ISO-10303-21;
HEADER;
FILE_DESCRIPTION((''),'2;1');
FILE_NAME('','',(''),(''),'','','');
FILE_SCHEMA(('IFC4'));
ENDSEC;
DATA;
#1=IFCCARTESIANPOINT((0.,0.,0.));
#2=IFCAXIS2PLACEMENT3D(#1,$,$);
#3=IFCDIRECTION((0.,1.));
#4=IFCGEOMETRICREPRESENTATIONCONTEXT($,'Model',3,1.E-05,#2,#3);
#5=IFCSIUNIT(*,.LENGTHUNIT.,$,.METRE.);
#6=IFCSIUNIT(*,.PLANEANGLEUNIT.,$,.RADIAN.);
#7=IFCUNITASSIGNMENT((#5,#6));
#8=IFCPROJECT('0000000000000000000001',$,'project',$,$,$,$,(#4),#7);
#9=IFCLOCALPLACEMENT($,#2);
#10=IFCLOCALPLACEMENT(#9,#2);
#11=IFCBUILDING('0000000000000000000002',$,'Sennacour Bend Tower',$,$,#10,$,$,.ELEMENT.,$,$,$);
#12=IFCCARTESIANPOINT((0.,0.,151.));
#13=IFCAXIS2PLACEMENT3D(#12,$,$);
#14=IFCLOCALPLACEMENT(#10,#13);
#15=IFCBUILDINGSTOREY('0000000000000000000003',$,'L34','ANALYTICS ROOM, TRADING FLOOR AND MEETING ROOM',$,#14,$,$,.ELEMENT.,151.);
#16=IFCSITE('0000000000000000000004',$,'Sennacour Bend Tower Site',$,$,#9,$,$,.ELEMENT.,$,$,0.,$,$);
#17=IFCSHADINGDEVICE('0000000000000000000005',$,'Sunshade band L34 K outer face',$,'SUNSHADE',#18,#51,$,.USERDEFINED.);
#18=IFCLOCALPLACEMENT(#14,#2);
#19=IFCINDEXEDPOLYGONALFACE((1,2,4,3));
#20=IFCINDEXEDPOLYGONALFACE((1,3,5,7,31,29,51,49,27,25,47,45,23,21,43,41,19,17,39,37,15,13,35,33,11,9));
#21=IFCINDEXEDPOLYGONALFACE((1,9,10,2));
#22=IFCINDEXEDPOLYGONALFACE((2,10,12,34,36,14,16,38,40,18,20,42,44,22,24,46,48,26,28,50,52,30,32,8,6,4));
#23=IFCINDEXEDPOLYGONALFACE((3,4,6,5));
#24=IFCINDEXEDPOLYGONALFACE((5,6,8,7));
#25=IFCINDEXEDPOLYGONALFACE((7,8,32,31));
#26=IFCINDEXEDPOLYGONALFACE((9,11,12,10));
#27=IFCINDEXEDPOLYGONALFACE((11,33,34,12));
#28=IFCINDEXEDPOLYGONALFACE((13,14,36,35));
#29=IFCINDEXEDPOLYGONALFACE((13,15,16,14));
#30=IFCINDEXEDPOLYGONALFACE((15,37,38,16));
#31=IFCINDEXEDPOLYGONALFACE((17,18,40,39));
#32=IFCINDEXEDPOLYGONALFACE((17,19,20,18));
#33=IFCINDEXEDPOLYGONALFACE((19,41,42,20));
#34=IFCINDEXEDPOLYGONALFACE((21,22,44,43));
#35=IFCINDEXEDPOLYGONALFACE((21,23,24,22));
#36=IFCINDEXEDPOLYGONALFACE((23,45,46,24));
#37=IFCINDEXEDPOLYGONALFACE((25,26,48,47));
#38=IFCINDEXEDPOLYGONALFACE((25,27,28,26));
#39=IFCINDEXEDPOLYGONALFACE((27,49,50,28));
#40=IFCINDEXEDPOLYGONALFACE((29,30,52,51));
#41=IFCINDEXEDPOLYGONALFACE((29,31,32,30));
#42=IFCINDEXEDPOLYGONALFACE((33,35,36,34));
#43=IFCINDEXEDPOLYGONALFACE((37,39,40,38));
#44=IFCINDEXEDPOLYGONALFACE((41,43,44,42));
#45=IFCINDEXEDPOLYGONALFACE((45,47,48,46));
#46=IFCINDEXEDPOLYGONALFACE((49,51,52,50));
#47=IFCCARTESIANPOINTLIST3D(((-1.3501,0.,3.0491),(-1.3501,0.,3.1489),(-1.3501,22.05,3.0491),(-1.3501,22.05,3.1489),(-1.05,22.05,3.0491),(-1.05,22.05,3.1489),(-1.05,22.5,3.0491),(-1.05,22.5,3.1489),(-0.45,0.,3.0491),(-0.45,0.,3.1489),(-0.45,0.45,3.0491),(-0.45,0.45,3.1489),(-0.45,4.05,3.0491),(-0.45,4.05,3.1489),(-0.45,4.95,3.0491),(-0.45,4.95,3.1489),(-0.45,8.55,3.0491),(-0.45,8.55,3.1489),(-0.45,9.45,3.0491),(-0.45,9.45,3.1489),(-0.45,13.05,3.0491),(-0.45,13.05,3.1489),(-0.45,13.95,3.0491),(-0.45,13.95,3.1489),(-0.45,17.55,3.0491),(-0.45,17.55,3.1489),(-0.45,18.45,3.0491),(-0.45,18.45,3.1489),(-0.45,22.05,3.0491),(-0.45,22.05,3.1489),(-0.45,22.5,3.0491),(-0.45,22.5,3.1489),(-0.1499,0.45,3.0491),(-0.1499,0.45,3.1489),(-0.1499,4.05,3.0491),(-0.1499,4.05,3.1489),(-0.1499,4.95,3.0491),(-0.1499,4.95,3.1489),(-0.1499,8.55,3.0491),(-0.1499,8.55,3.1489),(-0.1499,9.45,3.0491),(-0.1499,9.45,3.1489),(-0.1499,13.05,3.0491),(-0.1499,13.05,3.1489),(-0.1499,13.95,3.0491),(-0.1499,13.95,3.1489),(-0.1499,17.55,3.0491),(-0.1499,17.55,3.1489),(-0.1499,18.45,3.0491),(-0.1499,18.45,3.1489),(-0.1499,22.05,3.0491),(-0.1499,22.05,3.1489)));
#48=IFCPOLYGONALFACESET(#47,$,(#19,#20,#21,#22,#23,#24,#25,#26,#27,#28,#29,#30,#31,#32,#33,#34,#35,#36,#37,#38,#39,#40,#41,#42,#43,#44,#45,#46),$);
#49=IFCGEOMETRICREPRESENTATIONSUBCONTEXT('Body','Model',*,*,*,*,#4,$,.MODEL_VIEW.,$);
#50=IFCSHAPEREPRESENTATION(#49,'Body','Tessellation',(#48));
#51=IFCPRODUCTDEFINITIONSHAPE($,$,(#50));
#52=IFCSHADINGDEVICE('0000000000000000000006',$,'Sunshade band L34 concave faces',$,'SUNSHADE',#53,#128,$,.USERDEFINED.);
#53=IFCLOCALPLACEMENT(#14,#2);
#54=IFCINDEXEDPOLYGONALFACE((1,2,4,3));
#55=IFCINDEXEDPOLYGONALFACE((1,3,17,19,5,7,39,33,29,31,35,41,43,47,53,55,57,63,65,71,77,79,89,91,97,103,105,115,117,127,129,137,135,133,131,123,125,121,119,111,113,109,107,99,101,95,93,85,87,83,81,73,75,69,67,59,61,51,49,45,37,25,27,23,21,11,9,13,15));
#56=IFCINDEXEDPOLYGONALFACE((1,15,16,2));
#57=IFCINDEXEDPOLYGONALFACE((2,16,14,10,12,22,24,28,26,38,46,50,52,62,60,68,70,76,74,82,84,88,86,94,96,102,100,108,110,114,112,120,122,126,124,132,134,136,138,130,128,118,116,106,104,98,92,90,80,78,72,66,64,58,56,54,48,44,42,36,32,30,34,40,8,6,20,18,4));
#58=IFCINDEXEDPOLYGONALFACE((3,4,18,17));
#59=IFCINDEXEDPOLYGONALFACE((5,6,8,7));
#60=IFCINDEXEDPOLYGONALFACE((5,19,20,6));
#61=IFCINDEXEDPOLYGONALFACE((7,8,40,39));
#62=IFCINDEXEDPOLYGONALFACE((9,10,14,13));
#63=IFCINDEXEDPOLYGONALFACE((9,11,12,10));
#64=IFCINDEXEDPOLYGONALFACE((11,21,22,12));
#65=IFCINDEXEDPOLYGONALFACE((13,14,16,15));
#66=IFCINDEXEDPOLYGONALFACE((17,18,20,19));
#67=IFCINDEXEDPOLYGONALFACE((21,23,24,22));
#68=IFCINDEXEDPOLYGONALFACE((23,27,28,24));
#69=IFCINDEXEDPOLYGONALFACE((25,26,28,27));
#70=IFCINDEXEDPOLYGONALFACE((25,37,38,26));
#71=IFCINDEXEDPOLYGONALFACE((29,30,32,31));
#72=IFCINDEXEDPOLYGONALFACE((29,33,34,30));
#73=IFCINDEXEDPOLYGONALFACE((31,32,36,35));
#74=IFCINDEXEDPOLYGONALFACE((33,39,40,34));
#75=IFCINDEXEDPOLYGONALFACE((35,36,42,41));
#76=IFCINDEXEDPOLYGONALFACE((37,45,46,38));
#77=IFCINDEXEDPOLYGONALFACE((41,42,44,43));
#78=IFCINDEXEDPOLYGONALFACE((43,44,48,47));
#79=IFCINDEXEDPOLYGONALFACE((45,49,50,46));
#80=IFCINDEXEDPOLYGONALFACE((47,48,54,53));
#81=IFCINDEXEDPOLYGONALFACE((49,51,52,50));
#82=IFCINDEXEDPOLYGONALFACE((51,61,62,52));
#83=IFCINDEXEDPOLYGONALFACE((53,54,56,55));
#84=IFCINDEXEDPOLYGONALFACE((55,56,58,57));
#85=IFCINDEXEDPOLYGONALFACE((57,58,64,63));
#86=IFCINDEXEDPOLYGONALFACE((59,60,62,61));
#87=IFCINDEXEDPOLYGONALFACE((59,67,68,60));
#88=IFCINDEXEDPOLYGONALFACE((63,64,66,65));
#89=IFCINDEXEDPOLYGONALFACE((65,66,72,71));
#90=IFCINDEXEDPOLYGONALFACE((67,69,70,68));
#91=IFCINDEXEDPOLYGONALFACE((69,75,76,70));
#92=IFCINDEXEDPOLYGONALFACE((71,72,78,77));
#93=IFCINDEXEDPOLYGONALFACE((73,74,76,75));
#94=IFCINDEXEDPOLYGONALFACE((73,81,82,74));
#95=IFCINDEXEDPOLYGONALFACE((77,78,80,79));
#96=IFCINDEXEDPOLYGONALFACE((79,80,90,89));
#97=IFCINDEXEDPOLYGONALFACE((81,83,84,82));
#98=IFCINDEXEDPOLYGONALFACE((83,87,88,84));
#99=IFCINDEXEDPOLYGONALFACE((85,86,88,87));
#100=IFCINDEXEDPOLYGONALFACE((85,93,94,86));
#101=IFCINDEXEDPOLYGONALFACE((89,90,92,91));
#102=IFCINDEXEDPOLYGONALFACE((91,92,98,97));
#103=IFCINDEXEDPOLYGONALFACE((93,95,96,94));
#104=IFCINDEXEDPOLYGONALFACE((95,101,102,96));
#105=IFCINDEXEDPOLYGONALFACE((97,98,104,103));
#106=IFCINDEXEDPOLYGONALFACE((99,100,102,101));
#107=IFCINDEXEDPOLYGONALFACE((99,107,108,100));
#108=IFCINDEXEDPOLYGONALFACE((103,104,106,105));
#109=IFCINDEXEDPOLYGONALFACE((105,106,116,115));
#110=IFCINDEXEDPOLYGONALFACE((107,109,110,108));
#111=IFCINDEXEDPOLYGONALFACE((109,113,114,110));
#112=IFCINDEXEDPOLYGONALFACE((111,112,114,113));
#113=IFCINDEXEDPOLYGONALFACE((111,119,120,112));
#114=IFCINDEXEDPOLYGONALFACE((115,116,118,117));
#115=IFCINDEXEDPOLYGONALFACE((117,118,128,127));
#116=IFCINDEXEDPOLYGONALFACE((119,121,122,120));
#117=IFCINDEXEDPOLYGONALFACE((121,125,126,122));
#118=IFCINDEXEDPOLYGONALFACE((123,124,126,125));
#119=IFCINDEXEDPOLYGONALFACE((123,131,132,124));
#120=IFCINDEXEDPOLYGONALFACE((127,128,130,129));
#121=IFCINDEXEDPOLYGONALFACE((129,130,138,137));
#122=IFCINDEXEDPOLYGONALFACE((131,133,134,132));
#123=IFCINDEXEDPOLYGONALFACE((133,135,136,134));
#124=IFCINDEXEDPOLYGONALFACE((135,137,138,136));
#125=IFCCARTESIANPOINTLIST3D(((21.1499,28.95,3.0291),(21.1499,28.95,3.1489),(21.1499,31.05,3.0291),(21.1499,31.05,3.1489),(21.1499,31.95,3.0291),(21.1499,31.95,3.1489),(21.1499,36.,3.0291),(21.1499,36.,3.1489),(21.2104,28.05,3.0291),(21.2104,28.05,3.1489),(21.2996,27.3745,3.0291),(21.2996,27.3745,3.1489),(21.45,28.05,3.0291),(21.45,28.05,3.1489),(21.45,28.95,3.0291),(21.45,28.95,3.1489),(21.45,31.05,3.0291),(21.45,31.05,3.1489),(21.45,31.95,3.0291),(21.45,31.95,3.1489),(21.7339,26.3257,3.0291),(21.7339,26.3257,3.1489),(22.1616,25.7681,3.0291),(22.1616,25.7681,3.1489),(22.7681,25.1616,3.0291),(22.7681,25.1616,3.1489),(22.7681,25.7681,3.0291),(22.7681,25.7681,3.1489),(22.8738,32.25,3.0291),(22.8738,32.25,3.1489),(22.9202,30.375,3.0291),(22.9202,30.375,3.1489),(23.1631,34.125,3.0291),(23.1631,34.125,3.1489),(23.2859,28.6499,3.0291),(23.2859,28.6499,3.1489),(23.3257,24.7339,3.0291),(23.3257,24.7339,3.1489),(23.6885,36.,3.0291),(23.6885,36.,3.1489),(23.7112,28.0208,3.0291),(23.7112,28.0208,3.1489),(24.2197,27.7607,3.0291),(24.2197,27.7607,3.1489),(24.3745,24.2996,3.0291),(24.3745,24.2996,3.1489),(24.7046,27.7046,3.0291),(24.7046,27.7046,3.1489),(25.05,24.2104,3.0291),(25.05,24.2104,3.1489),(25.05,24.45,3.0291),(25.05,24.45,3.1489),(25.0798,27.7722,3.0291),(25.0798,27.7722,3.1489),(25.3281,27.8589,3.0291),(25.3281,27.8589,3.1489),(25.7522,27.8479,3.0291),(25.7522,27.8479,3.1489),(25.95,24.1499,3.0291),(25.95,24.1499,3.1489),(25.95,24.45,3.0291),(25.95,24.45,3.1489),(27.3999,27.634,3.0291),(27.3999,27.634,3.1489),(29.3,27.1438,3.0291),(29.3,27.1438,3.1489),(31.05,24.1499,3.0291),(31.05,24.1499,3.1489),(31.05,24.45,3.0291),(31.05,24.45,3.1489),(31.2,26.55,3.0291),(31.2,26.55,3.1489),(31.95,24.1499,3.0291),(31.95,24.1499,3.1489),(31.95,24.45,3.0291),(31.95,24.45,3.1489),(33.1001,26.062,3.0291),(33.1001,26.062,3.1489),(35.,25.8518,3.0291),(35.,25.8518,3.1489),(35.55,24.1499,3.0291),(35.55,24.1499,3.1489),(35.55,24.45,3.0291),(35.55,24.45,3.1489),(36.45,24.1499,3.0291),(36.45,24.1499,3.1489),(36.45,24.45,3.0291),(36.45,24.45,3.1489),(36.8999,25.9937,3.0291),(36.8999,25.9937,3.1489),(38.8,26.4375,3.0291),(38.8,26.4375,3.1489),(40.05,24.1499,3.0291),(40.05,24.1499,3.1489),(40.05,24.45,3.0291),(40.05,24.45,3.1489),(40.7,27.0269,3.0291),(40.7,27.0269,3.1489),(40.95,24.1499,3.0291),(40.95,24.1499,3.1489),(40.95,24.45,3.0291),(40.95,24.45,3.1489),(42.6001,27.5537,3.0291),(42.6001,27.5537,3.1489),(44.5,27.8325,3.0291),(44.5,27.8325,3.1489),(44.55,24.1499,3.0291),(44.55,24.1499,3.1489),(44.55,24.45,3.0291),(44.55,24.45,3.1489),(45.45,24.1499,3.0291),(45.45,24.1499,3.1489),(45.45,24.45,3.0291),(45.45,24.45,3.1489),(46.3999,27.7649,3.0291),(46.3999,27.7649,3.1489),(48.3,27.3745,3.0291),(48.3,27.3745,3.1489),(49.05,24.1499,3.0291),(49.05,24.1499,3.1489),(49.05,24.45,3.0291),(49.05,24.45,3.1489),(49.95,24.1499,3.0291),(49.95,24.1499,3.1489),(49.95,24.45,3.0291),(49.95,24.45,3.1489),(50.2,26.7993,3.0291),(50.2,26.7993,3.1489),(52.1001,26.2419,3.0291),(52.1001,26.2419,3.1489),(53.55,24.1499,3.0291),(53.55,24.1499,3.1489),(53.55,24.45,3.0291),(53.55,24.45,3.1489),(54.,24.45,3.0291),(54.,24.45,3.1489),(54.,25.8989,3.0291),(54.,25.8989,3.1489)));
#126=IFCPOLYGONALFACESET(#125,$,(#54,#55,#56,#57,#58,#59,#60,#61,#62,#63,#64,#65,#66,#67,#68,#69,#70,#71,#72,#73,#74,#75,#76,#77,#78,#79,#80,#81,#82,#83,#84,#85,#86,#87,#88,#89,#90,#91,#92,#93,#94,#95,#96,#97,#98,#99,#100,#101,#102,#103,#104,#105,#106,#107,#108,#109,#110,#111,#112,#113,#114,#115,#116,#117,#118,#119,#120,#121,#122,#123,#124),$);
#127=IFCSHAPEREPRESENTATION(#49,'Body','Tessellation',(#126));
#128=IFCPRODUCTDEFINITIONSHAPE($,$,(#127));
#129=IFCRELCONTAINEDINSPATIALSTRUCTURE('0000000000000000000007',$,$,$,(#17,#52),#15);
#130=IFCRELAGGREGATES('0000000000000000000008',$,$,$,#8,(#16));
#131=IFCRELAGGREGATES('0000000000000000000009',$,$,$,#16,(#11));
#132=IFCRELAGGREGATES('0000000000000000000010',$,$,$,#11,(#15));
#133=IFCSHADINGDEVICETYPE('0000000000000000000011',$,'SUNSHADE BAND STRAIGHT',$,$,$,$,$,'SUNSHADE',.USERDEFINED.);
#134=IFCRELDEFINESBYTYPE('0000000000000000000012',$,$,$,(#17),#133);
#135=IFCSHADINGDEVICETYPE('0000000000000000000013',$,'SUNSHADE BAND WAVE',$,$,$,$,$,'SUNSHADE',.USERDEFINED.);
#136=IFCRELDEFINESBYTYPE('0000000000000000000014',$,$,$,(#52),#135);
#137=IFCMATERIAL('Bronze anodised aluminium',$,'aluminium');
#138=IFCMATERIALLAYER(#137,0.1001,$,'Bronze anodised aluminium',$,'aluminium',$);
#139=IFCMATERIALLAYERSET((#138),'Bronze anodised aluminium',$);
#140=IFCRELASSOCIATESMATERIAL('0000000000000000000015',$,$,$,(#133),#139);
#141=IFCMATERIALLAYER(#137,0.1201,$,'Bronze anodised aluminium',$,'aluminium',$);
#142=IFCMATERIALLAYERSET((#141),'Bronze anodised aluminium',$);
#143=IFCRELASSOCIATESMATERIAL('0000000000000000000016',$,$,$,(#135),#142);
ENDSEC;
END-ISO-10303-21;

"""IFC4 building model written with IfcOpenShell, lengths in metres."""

from ifc_helpers import new_model, si_unit, direction, frame, origin, place, context, subcontext, project, spatial, polyline, outline, extrude, material, layer, layer_set, type_object, element, save


model = new_model("IFC4")

# Units and contexts
model_context = context("Model", 3, precision=1e-05, world=origin(), true_north=direction((0.0, 1.0)))
body_context = subcontext(model_context, "Body", "Model", "MODEL_VIEW")
ifc_project = project(units=[si_unit("LENGTHUNIT", "METRE"), si_unit("PLANEANGLEUNIT", "RADIAN")], contexts=[model_context])

# Site, building, storey
site_placement = place(None, origin())
site = spatial("IfcSite", under=ifc_project, at=site_placement, Name="Sennacour Bend Tower Site", CompositionType="ELEMENT", RefElevation=0.0)
building_placement = place(site_placement, origin())
building = spatial("IfcBuilding", under=site, at=building_placement, Name="Sennacour Bend Tower", CompositionType="ELEMENT")
storey_placement = place(building_placement, frame((0.0, 0.0, 151.0)))
storey = spatial("IfcBuildingStorey", under=building, at=storey_placement, Name="L34", Description="ANALYTICS ROOM, TRADING FLOOR AND MEETING ROOM", CompositionType="ELEMENT", Elevation=151.0)

# Shading devices
ifc_material_1 = material(Name="Bronze anodised aluminium", Category="aluminium")
ifc_layer_1 = layer(ifc_material_1, 0.1001, Name="Bronze anodised aluminium", Category="aluminium")
ifc_layer_set_1 = layer_set([ifc_layer_1], Name="Bronze anodised aluminium")
shading_device_type_1 = type_object("IfcShadingDeviceType", Name="SUNSHADE BAND STRAIGHT", ElementType="SUNSHADE", PredefinedType="USERDEFINED", material=ifc_layer_set_1)
shading_device_1_placement = place(storey_placement, frame((0.0, 0.0, 3.0491)))
element("IfcShadingDevice", 1, at=shading_device_1_placement, inside=storey, type_object=shading_device_type_1, Name="Sunshade band L34 K outer face", ObjectType="SUNSHADE", PredefinedType="USERDEFINED", context=body_context, shape_type="SweptSolid", body=[
    extrude(outline(polyline([(-0.1499, 18.45), (-0.45, 18.45), (-0.45, 17.55), (-0.1499, 17.55), (-0.1499, 13.95), (-0.45, 13.95), (-0.45, 13.05), (-0.1499, 13.05), (-0.1499, 9.45), (-0.45, 9.45), (-0.45, 8.55), (-0.1499, 8.55), (-0.1499, 4.95), (-0.45, 4.95), (-0.45, 4.05), (-0.1499, 4.05), (-0.1499, 0.45), (-0.45, 0.45), (-0.45, 0.0), (-1.3501, 0.0), (-1.3501, 22.05), (-1.05, 22.05), (-1.05, 22.5), (-0.45, 22.5), (-0.45, 22.05), (-0.1499, 22.05), (-0.1499, 18.45)])), origin(), (0.0, 0.0, 1.0), 0.0999),
])
ifc_layer_2 = layer(ifc_material_1, 0.1201, Name="Bronze anodised aluminium", Category="aluminium")
ifc_layer_set_2 = layer_set([ifc_layer_2], Name="Bronze anodised aluminium")
shading_device_type_2 = type_object("IfcShadingDeviceType", Name="SUNSHADE BAND WAVE", ElementType="SUNSHADE", PredefinedType="USERDEFINED", material=ifc_layer_set_2)
shading_device_2_placement = place(storey_placement, frame((0.0, 0.0, 3.0291)))
element("IfcShadingDevice", 2, at=shading_device_2_placement, inside=storey, type_object=shading_device_type_2, Name="Sunshade band L34 concave faces", ObjectType="SUNSHADE", PredefinedType="USERDEFINED", context=body_context, shape_type="SweptSolid", body=[
    extrude(outline(polyline([(53.55, 24.1499), (49.95, 24.1499), (49.95, 24.45), (49.05, 24.45), (49.05, 24.1499), (45.45, 24.1499), (45.45, 24.45), (44.55, 24.45), (44.55, 24.1499), (40.95, 24.1499), (40.95, 24.45), (40.05, 24.45), (40.05, 24.1499), (36.45, 24.1499), (36.45, 24.45), (35.55, 24.45), (35.55, 24.1499), (31.95, 24.1499), (31.95, 24.45), (31.05, 24.45), (31.05, 24.1499), (25.95, 24.1499), (25.95, 24.45), (25.05, 24.45), (25.05, 24.2104), (24.3745, 24.2996), (23.3257, 24.7339), (22.7681, 25.1616), (22.7681, 25.7681), (22.1616, 25.7681), (21.7339, 26.3257), (21.2996, 27.3745), (21.2104, 28.05), (21.45, 28.05), (21.45, 28.95), (21.1499, 28.95), (21.1499, 31.05), (21.45, 31.05), (21.45, 31.95), (21.1499, 31.95), (21.1499, 36.0), (23.6885, 36.0), (23.1631, 34.125), (22.8738, 32.25), (22.9202, 30.375), (23.2859, 28.6499), (23.7112, 28.0208), (24.2197, 27.7607), (24.7046, 27.7046), (25.0798, 27.7722), (25.3281, 27.8589), (25.7522, 27.8479), (27.3999, 27.634), (29.3, 27.1438), (31.2, 26.55), (33.1001, 26.062), (35.0, 25.8518), (36.8999, 25.9937), (38.8, 26.4375), (40.7, 27.0269), (42.6001, 27.5537), (44.5, 27.8325), (46.3999, 27.7649), (48.3, 27.3745), (50.2, 26.7993), (52.1001, 26.2419), (54.0, 25.8989), (54.0, 24.45), (53.55, 24.45), (53.55, 24.1499)])), origin(), (0.0, 0.0, 1.0), 0.1199),
])

save(model, "model.ifc")
